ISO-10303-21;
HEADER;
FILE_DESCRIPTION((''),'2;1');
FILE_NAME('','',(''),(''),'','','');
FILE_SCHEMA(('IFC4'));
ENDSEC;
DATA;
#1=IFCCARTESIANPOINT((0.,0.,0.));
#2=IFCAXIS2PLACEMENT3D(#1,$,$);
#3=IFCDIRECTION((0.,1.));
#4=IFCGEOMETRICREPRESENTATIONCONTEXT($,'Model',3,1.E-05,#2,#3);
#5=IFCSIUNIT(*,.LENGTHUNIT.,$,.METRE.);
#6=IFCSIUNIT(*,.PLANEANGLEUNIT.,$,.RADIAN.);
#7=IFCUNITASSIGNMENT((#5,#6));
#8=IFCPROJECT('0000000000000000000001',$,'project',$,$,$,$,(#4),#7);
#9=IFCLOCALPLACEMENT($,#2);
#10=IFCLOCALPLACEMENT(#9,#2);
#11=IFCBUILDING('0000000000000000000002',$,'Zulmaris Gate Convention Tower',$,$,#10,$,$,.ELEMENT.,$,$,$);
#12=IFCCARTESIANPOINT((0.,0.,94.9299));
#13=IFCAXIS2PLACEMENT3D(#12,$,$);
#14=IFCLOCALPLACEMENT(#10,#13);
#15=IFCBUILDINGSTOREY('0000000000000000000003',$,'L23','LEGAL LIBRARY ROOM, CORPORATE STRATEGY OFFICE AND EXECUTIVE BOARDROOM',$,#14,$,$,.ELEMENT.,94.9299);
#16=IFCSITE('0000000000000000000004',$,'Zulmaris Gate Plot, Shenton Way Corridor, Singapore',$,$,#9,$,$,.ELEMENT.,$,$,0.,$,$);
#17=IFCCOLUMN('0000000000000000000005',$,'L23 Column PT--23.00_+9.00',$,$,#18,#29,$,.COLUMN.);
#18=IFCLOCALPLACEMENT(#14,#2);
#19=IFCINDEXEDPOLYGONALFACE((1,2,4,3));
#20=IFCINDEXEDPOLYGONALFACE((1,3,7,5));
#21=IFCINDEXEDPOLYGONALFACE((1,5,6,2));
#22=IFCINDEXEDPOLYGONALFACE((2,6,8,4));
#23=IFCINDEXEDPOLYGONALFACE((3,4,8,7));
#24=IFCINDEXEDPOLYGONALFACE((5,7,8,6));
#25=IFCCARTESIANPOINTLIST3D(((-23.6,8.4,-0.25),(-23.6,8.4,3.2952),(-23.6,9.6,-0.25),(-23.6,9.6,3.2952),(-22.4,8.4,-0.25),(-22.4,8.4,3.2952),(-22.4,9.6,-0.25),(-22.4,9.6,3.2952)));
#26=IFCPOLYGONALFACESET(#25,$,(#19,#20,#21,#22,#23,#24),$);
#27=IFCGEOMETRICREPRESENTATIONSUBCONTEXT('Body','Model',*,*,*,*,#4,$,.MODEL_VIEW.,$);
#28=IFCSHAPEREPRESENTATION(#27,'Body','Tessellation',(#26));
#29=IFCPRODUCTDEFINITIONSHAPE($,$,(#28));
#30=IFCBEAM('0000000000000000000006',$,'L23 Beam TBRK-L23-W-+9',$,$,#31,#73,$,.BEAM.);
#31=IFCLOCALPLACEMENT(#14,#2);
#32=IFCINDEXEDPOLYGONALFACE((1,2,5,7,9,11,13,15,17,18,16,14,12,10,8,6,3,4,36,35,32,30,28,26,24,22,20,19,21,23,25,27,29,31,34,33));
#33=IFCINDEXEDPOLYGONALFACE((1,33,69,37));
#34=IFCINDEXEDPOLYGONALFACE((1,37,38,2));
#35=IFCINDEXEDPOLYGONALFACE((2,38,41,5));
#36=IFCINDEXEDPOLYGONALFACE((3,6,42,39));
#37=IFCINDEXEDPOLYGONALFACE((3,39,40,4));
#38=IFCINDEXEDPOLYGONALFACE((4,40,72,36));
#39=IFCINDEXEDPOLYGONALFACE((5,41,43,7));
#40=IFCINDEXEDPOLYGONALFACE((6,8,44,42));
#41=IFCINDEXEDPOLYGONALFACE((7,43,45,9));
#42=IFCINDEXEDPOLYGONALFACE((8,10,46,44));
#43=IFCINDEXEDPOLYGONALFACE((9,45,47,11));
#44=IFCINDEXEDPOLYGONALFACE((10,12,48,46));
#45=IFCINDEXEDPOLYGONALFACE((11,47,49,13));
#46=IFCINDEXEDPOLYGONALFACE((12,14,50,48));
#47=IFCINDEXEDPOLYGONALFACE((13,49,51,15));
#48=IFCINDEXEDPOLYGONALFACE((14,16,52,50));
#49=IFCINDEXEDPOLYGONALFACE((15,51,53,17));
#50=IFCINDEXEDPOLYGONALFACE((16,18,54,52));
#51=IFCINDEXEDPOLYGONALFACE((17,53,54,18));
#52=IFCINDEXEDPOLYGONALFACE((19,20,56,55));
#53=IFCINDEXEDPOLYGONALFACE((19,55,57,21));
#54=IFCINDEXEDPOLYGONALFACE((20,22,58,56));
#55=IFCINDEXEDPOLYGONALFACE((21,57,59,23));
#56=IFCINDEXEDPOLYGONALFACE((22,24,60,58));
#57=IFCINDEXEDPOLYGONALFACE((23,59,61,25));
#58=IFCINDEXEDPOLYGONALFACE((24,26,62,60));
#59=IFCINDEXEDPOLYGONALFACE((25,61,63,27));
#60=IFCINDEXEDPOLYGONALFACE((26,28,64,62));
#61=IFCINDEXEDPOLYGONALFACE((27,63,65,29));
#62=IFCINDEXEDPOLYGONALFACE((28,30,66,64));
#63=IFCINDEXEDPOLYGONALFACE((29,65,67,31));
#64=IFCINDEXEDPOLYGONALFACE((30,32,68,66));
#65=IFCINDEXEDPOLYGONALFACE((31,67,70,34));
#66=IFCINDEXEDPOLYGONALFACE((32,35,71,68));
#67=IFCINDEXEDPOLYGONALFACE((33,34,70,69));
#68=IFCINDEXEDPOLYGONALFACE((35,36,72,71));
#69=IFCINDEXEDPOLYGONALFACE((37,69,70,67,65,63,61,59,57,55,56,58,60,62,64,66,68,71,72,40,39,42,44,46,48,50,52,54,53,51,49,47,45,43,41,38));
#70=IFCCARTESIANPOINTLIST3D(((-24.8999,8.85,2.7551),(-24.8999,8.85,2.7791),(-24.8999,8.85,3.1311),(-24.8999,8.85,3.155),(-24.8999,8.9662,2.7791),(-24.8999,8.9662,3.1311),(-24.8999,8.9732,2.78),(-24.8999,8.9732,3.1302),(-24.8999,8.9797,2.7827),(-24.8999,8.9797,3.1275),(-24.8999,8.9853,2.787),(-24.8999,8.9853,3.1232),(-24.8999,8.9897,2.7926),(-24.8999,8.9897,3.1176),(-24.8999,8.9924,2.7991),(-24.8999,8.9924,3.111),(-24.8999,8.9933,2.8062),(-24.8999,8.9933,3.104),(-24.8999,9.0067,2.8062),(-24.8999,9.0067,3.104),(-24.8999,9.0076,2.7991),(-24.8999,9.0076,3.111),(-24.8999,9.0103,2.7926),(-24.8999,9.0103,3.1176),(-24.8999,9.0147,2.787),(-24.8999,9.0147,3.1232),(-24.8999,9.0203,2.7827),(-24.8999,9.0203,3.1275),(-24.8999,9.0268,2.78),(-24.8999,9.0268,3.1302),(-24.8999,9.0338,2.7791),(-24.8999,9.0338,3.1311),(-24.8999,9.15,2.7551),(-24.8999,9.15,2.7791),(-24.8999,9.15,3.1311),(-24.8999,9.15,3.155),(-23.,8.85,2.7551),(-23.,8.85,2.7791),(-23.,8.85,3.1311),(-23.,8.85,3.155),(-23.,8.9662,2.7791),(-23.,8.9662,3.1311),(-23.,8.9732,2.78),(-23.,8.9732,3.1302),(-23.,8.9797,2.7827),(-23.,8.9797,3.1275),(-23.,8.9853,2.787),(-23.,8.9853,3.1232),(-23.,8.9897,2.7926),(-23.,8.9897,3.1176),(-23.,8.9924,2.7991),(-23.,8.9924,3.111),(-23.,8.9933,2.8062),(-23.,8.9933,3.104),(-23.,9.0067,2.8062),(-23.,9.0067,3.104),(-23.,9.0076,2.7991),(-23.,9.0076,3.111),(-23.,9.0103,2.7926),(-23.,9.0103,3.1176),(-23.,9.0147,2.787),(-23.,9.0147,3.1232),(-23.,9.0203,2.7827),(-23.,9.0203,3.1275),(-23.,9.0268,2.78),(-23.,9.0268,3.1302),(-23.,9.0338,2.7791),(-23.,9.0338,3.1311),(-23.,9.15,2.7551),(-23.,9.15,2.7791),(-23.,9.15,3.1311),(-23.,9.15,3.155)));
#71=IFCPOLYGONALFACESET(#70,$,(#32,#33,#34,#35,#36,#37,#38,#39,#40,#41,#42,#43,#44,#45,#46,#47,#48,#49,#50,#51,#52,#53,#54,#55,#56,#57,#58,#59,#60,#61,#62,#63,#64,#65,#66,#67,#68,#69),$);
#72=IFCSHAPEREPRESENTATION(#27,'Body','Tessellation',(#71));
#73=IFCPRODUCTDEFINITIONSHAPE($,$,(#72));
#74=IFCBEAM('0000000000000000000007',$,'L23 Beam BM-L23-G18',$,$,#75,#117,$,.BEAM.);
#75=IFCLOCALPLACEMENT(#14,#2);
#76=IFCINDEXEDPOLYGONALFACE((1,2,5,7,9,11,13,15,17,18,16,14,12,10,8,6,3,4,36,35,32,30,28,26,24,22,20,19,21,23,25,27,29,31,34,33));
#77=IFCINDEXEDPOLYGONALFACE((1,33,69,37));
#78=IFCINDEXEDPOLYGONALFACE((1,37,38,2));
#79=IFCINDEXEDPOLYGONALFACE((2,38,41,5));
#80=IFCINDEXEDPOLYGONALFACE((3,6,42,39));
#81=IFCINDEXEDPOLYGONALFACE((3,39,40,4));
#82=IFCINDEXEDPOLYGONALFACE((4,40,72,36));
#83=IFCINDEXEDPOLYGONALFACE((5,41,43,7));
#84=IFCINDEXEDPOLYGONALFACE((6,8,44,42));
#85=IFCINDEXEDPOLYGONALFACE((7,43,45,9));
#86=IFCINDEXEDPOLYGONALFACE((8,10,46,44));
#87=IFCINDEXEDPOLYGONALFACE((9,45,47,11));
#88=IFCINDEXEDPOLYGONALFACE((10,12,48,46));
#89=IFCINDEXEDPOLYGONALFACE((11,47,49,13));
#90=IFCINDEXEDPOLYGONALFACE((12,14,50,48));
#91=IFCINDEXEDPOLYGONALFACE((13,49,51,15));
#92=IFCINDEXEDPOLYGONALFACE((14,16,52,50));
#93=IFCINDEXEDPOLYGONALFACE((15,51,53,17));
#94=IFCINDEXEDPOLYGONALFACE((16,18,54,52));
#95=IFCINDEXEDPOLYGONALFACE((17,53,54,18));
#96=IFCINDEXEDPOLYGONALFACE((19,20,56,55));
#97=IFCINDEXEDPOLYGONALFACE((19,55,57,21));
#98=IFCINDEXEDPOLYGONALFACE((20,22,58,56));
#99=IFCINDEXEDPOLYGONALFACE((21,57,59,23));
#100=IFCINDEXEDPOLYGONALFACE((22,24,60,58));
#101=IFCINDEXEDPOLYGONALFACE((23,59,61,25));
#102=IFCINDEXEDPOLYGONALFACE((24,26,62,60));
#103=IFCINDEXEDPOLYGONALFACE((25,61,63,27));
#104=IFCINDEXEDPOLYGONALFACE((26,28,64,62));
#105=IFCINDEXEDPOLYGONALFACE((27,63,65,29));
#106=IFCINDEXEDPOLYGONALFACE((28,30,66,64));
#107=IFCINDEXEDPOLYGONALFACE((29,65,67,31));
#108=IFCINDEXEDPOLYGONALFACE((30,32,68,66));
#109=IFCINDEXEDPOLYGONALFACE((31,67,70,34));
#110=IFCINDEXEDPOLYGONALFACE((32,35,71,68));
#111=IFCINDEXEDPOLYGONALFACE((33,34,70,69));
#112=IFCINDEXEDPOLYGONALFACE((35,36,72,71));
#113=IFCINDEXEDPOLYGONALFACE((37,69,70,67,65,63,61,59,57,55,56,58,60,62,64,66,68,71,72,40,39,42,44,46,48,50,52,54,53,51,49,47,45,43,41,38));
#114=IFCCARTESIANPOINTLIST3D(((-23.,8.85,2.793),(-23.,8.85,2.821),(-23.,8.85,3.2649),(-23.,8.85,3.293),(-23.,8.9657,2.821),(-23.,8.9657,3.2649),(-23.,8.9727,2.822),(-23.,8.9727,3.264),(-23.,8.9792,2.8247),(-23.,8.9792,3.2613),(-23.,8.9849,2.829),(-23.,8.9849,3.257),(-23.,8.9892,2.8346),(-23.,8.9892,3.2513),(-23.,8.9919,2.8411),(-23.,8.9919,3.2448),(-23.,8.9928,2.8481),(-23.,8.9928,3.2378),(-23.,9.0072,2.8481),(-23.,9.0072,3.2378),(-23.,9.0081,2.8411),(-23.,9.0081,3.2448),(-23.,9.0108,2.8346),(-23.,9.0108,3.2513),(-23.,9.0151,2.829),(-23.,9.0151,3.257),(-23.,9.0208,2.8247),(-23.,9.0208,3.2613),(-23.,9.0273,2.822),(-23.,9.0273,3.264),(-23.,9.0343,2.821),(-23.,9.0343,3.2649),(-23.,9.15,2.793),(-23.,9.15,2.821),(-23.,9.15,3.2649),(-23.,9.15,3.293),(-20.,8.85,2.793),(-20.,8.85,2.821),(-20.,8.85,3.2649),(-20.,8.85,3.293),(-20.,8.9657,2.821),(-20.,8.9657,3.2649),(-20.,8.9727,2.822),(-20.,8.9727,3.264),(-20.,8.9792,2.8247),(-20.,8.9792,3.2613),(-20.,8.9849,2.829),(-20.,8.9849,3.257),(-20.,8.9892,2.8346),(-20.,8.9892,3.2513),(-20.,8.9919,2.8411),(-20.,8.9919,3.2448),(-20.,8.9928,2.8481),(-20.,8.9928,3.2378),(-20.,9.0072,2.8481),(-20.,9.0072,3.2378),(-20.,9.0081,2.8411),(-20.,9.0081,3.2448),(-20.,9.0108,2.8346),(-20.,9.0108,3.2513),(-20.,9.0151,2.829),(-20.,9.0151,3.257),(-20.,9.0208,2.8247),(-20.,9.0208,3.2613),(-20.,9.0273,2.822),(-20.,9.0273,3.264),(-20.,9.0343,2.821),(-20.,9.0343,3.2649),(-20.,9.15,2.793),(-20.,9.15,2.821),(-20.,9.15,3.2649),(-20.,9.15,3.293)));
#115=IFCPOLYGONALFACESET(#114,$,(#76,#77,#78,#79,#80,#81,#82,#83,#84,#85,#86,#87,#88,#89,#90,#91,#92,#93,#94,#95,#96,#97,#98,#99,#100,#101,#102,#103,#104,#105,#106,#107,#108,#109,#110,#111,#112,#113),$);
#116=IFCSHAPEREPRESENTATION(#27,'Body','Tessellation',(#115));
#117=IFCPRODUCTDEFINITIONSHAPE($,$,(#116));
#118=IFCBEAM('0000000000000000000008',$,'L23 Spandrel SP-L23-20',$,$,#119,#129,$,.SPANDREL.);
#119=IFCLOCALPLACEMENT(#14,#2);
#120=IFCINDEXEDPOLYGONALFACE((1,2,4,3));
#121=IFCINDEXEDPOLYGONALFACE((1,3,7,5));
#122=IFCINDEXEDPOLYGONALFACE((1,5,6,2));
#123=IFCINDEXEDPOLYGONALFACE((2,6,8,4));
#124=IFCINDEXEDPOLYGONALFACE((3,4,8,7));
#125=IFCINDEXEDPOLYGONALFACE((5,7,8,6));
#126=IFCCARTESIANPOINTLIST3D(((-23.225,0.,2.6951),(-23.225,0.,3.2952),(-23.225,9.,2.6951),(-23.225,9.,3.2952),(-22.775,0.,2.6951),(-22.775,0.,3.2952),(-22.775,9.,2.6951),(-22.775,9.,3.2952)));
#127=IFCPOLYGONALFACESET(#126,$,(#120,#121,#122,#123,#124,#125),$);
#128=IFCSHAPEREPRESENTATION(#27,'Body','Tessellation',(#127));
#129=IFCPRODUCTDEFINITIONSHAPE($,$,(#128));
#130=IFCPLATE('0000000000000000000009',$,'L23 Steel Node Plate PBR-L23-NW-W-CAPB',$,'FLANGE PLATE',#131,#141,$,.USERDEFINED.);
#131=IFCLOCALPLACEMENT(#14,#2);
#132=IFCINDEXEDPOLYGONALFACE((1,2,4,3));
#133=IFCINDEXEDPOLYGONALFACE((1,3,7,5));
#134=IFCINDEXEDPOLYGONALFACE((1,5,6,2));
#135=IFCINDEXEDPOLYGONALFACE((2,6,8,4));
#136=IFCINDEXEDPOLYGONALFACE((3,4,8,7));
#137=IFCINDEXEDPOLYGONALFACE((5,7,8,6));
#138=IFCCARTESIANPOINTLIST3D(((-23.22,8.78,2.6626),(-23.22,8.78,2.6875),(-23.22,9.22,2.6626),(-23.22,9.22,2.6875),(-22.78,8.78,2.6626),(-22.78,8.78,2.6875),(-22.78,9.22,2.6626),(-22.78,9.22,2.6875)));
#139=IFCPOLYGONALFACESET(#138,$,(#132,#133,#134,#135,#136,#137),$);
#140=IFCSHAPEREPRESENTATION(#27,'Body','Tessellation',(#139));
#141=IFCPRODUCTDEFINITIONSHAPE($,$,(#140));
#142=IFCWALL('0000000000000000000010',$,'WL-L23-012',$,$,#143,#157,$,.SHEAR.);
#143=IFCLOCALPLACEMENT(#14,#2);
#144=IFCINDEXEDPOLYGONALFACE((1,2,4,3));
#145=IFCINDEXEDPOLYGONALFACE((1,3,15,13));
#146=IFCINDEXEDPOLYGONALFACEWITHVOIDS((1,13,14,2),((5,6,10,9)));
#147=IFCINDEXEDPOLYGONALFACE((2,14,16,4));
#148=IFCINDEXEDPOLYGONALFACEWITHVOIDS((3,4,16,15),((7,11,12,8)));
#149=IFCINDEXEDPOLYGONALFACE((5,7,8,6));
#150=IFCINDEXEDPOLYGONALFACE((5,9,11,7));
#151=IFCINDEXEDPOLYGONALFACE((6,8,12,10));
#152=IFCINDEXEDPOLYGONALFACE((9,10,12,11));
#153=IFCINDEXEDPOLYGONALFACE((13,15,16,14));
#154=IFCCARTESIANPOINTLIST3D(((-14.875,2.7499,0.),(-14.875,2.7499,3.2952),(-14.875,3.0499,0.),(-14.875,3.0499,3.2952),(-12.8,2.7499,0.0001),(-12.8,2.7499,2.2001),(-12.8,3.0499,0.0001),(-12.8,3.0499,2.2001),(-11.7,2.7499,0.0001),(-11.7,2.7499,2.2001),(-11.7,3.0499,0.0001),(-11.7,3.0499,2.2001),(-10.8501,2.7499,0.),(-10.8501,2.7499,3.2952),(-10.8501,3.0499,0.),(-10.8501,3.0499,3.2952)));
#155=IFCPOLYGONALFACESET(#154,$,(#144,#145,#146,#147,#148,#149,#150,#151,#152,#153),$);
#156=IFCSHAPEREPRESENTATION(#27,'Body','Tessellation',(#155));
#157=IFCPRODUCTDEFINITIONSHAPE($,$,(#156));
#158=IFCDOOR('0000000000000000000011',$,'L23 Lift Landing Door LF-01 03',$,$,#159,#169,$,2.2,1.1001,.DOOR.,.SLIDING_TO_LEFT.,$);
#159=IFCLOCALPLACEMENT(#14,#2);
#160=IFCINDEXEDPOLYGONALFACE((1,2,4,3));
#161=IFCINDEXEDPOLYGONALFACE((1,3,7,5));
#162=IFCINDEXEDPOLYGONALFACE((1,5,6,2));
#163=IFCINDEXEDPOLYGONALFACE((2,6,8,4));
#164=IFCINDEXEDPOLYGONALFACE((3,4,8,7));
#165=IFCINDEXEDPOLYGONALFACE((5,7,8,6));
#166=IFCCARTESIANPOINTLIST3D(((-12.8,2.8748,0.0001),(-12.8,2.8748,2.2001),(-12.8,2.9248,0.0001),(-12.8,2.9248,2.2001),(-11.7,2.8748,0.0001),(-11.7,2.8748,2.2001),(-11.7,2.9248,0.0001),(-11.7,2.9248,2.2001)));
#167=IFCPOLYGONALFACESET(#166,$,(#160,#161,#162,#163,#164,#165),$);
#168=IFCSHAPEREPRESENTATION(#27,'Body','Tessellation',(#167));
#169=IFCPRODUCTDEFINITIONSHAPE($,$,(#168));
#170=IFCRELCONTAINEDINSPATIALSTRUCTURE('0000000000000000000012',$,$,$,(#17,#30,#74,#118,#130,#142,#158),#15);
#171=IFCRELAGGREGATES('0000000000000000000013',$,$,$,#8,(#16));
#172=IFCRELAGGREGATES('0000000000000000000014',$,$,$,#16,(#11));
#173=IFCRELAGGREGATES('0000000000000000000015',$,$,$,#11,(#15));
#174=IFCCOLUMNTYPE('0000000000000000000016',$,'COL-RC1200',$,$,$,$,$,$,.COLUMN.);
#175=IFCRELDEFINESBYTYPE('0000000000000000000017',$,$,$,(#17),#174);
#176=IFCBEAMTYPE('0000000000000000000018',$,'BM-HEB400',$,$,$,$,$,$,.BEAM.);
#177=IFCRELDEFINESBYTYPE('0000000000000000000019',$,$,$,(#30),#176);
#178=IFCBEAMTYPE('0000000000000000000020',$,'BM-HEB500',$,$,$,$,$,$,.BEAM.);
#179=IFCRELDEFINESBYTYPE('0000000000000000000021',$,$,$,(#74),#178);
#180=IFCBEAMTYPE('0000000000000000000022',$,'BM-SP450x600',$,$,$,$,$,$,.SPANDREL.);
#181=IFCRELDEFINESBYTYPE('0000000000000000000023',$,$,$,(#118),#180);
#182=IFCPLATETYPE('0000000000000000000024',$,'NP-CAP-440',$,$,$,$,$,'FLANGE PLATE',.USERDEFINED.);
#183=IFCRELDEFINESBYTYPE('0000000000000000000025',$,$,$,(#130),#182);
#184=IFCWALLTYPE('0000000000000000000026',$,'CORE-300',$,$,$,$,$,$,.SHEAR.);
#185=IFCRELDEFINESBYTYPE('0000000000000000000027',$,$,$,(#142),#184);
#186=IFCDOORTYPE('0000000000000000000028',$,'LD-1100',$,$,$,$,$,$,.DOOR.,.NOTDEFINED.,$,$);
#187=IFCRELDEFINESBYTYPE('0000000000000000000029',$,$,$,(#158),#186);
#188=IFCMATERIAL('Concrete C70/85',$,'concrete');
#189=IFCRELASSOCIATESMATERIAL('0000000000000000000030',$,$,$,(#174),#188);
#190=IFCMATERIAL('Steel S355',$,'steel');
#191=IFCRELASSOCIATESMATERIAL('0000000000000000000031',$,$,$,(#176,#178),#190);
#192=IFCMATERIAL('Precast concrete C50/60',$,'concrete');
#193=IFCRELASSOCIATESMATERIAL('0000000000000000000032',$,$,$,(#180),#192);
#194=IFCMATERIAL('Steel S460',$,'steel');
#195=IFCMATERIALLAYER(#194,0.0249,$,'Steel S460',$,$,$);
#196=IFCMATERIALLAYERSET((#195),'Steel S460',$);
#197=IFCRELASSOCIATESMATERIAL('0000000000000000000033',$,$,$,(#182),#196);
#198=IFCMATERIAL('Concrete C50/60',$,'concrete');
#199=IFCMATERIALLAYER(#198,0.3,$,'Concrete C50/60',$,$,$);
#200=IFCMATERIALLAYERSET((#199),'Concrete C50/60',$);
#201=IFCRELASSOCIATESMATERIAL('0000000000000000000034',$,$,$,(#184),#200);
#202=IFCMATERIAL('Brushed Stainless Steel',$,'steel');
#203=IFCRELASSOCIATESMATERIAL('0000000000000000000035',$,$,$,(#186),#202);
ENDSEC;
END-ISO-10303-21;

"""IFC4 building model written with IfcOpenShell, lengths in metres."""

from ifc_helpers import new_model, si_unit, direction, frame, frame_2d, origin, origin_2d, place, context, subcontext, project, spatial, rectangle, i_section, extrude, material, layer, layer_set, material_profile, profile_set, type_object, element, fill, save


model = new_model("IFC4")

# Units and contexts
model_context = context("Model", 3, precision=1e-05, world=origin(), true_north=direction((0.0, 1.0)))
body_context = subcontext(model_context, "Body", "Model", "MODEL_VIEW")
ifc_project = project(units=[si_unit("LENGTHUNIT", "METRE"), si_unit("PLANEANGLEUNIT", "RADIAN")], contexts=[model_context])

# Site, building, storey
site_placement = place(None, origin())
site = spatial("IfcSite", under=ifc_project, at=site_placement, Name="Zulmaris Gate Plot, Shenton Way Corridor, Singapore", CompositionType="ELEMENT", RefElevation=0.0)
building_placement = place(site_placement, origin())
building = spatial("IfcBuilding", under=site, at=building_placement, Name="Zulmaris Gate Convention Tower", CompositionType="ELEMENT")
storey_placement = place(building_placement, frame((0.0, 0.0, 94.9299)))
storey = spatial("IfcBuildingStorey", under=building, at=storey_placement, Name="L23", Description="LEGAL LIBRARY ROOM, CORPORATE STRATEGY OFFICE AND EXECUTIVE BOARDROOM", CompositionType="ELEMENT", Elevation=94.9299)

# Column
ifc_material_1 = material(Name="Concrete C70/85", Category="concrete")
ifc_material_profile_1 = material_profile(ifc_material_1, rectangle(XDim=1.2, YDim=1.2, at=origin_2d()), Name="RC COL 1200x1200")
ifc_profile_set_1 = profile_set([ifc_material_profile_1], Name="Concrete C70/85")
column_type = type_object("IfcColumnType", Name="COL-RC1200", PredefinedType="COLUMN", material=ifc_profile_set_1)
column_placement = place(storey_placement, frame((-23.0, 9.0, -0.25), z_axis=(0.0, 0.0, 1.0), x_axis=(1.0, 0.0, 0.0)))
element("IfcColumn", 1, at=column_placement, inside=storey, type_object=column_type, Name="L23 Column PT--23.00_+9.00", PredefinedType="COLUMN", context=body_context, shape_type="SweptSolid", body=[
    extrude(rectangle(XDim=1.2, YDim=1.2, at=origin_2d()), origin(), (0.0, 0.0, 1.0), 3.5452),
])

# Beams
ifc_material_2 = material(Name="Steel S355", Category="steel")
ifc_material_profile_2 = material_profile(ifc_material_2, i_section(OverallWidth=0.3, OverallDepth=0.3999, WebThickness=0.0134, FlangeThickness=0.0239, FilletRadius=0.0271, at=origin_2d()), Name="HEB 400")
ifc_profile_set_2 = profile_set([ifc_material_profile_2], Name="Steel S355")
beam_type_1 = type_object("IfcBeamType", Name="BM-HEB400", PredefinedType="BEAM", material=ifc_profile_set_2)
beam_1_placement = place(storey_placement, frame((-24.8999, 9.0, 2.9551), z_axis=(1.0, 0.0, 0.0), x_axis=(0.0, 1.0, 0.0)))
element("IfcBeam", 2, at=beam_1_placement, inside=storey, type_object=beam_type_1, Name="L23 Beam TBRK-L23-W-+9", PredefinedType="BEAM", context=body_context, shape_type="SweptSolid", body=[
    extrude(i_section(OverallWidth=0.3, OverallDepth=0.3999, WebThickness=0.0134, FlangeThickness=0.0239, FilletRadius=0.0271, at=origin_2d()), origin(), (0.0, 0.0, 1.0), 1.8999),
])
ifc_material_profile_3 = material_profile(ifc_material_2, i_section(OverallWidth=0.3, OverallDepth=0.5, WebThickness=0.0144, FlangeThickness=0.0281, FilletRadius=0.0271, at=origin_2d()), Name="HEB 500")
ifc_profile_set_3 = profile_set([ifc_material_profile_3], Name="Steel S355")
beam_type_2 = type_object("IfcBeamType", Name="BM-HEB500", PredefinedType="BEAM", material=ifc_profile_set_3)
beam_2_placement = place(storey_placement, frame((-23.0, 9.0, 3.043), z_axis=(1.0, 0.0, 0.0), x_axis=(0.0, 1.0, 0.0)))
element("IfcBeam", 3, at=beam_2_placement, inside=storey, type_object=beam_type_2, Name="L23 Beam BM-L23-G18", PredefinedType="BEAM", context=body_context, shape_type="SweptSolid", body=[
    extrude(i_section(OverallWidth=0.3, OverallDepth=0.5, WebThickness=0.0144, FlangeThickness=0.0281, FilletRadius=0.0271, at=origin_2d()), origin(), (0.0, 0.0, 1.0), 3.0),
])
ifc_material_3 = material(Name="Precast concrete C50/60", Category="concrete")
ifc_material_profile_4 = material_profile(ifc_material_3, rectangle(XDim=0.45, YDim=0.6001, at=origin_2d()), Name="RC SPANDREL 450x600")
ifc_profile_set_4 = profile_set([ifc_material_profile_4], Name="Precast concrete C50/60")
beam_type_3 = type_object("IfcBeamType", Name="BM-SP450x600", PredefinedType="SPANDREL", material=ifc_profile_set_4)
beam_3_placement = place(storey_placement, frame((-23.0, 9.0, 2.9951), z_axis=(0.0, -1.0, 0.0), x_axis=(1.0, 0.0, 0.0)))
element("IfcBeam", 4, at=beam_3_placement, inside=storey, type_object=beam_type_3, Name="L23 Spandrel SP-L23-20", PredefinedType="SPANDREL", context=body_context, shape_type="SweptSolid", body=[
    extrude(rectangle(XDim=0.45, YDim=0.6001, at=origin_2d()), origin(), (0.0, 0.0, 1.0), 9.0),
])

# Plate
ifc_material_4 = material(Name="Steel S460", Category="steel")
ifc_layer_1 = layer(ifc_material_4, 0.0249, Name="Steel S460")
ifc_layer_set_1 = layer_set([ifc_layer_1], Name="Steel S460")
plate_type = type_object("IfcPlateType", Name="NP-CAP-440", ElementType="FLANGE PLATE", PredefinedType="USERDEFINED", material=ifc_layer_set_1)
plate_placement = place(storey_placement, frame((-23.0, 9.0, 2.6626), z_axis=(0.0, 0.0, 1.0), x_axis=(1.0, 0.0, 0.0)))
element("IfcPlate", 5, at=plate_placement, inside=storey, type_object=plate_type, Name="L23 Steel Node Plate PBR-L23-NW-W-CAPB", ObjectType="FLANGE PLATE", PredefinedType="USERDEFINED", context=body_context, shape_type="SweptSolid", body=[
    extrude(rectangle(XDim=0.4399, YDim=0.4399, at=origin_2d()), origin(), (0.0, 0.0, 1.0), 0.0249),
])

# Wall, opening, door
ifc_material_5 = material(Name="Concrete C50/60", Category="concrete")
ifc_layer_2 = layer(ifc_material_5, 0.3, Name="Concrete C50/60")
ifc_layer_set_2 = layer_set([ifc_layer_2], Name="Concrete C50/60")
wall_type_1 = type_object("IfcWallType", Name="CORE-300", PredefinedType="SHEAR", material=ifc_layer_set_2)
wall_1_placement = place(storey_placement, frame((-14.875, 2.8999, 0.0), z_axis=(0.0, 0.0, 1.0), x_axis=(1.0, 0.0, 0.0)))
wall_1 = element("IfcWall", 6, at=wall_1_placement, inside=storey, type_object=wall_type_1, Name="WL-L23-012", PredefinedType="SHEAR", context=body_context, shape_type="SweptSolid", body=[
    extrude(rectangle(XDim=4.0249, YDim=0.3, at=frame_2d((2.0125, 0.0))), origin(), (0.0, 0.0, 1.0), 3.2952),
])
opening_1_placement = place(wall_1_placement, frame((2.075, 0.0, 0.0)))
opening_1 = element("IfcOpeningElement", 7, at=opening_1_placement, cuts=wall_1, PredefinedType="OPENING", context=body_context, shape_type="SweptSolid", body=[
    extrude(rectangle(XDim=1.1001, YDim=2.2, at=frame_2d((0.55, 1.1001))), frame((0.0, 0.1602, 0.0), z_axis=(0.0, -1.0, 0.0), x_axis=(1.0, 0.0, 0.0)), (0.0, 0.0, 1.0), 0.3201),
])
ifc_material_6 = material(Name="Brushed Stainless Steel", Category="steel")
door_type = type_object("IfcDoorType", Name="LD-1100", OperationType="NOTDEFINED", PredefinedType="DOOR", material=ifc_material_6)
door_placement = place(opening_1_placement, origin())
door = element("IfcDoor", 8, at=door_placement, inside=storey, type_object=door_type, Name="L23 Lift Landing Door LF-01 03", OperationType="SLIDING_TO_LEFT", OverallHeight=2.2, OverallWidth=1.1001, PredefinedType="DOOR", context=body_context, shape_type="SweptSolid", body=[
    extrude(rectangle(XDim=1.1001, YDim=2.2, at=frame_2d((0.55, 1.1001))), frame((0.0, 0.0249, 0.0), z_axis=(0.0, -1.0, 0.0), x_axis=(1.0, 0.0, 0.0)), (0.0, 0.0, 1.0), 0.05),
])
fill(opening_1, door)

save(model, "model.ifc")
